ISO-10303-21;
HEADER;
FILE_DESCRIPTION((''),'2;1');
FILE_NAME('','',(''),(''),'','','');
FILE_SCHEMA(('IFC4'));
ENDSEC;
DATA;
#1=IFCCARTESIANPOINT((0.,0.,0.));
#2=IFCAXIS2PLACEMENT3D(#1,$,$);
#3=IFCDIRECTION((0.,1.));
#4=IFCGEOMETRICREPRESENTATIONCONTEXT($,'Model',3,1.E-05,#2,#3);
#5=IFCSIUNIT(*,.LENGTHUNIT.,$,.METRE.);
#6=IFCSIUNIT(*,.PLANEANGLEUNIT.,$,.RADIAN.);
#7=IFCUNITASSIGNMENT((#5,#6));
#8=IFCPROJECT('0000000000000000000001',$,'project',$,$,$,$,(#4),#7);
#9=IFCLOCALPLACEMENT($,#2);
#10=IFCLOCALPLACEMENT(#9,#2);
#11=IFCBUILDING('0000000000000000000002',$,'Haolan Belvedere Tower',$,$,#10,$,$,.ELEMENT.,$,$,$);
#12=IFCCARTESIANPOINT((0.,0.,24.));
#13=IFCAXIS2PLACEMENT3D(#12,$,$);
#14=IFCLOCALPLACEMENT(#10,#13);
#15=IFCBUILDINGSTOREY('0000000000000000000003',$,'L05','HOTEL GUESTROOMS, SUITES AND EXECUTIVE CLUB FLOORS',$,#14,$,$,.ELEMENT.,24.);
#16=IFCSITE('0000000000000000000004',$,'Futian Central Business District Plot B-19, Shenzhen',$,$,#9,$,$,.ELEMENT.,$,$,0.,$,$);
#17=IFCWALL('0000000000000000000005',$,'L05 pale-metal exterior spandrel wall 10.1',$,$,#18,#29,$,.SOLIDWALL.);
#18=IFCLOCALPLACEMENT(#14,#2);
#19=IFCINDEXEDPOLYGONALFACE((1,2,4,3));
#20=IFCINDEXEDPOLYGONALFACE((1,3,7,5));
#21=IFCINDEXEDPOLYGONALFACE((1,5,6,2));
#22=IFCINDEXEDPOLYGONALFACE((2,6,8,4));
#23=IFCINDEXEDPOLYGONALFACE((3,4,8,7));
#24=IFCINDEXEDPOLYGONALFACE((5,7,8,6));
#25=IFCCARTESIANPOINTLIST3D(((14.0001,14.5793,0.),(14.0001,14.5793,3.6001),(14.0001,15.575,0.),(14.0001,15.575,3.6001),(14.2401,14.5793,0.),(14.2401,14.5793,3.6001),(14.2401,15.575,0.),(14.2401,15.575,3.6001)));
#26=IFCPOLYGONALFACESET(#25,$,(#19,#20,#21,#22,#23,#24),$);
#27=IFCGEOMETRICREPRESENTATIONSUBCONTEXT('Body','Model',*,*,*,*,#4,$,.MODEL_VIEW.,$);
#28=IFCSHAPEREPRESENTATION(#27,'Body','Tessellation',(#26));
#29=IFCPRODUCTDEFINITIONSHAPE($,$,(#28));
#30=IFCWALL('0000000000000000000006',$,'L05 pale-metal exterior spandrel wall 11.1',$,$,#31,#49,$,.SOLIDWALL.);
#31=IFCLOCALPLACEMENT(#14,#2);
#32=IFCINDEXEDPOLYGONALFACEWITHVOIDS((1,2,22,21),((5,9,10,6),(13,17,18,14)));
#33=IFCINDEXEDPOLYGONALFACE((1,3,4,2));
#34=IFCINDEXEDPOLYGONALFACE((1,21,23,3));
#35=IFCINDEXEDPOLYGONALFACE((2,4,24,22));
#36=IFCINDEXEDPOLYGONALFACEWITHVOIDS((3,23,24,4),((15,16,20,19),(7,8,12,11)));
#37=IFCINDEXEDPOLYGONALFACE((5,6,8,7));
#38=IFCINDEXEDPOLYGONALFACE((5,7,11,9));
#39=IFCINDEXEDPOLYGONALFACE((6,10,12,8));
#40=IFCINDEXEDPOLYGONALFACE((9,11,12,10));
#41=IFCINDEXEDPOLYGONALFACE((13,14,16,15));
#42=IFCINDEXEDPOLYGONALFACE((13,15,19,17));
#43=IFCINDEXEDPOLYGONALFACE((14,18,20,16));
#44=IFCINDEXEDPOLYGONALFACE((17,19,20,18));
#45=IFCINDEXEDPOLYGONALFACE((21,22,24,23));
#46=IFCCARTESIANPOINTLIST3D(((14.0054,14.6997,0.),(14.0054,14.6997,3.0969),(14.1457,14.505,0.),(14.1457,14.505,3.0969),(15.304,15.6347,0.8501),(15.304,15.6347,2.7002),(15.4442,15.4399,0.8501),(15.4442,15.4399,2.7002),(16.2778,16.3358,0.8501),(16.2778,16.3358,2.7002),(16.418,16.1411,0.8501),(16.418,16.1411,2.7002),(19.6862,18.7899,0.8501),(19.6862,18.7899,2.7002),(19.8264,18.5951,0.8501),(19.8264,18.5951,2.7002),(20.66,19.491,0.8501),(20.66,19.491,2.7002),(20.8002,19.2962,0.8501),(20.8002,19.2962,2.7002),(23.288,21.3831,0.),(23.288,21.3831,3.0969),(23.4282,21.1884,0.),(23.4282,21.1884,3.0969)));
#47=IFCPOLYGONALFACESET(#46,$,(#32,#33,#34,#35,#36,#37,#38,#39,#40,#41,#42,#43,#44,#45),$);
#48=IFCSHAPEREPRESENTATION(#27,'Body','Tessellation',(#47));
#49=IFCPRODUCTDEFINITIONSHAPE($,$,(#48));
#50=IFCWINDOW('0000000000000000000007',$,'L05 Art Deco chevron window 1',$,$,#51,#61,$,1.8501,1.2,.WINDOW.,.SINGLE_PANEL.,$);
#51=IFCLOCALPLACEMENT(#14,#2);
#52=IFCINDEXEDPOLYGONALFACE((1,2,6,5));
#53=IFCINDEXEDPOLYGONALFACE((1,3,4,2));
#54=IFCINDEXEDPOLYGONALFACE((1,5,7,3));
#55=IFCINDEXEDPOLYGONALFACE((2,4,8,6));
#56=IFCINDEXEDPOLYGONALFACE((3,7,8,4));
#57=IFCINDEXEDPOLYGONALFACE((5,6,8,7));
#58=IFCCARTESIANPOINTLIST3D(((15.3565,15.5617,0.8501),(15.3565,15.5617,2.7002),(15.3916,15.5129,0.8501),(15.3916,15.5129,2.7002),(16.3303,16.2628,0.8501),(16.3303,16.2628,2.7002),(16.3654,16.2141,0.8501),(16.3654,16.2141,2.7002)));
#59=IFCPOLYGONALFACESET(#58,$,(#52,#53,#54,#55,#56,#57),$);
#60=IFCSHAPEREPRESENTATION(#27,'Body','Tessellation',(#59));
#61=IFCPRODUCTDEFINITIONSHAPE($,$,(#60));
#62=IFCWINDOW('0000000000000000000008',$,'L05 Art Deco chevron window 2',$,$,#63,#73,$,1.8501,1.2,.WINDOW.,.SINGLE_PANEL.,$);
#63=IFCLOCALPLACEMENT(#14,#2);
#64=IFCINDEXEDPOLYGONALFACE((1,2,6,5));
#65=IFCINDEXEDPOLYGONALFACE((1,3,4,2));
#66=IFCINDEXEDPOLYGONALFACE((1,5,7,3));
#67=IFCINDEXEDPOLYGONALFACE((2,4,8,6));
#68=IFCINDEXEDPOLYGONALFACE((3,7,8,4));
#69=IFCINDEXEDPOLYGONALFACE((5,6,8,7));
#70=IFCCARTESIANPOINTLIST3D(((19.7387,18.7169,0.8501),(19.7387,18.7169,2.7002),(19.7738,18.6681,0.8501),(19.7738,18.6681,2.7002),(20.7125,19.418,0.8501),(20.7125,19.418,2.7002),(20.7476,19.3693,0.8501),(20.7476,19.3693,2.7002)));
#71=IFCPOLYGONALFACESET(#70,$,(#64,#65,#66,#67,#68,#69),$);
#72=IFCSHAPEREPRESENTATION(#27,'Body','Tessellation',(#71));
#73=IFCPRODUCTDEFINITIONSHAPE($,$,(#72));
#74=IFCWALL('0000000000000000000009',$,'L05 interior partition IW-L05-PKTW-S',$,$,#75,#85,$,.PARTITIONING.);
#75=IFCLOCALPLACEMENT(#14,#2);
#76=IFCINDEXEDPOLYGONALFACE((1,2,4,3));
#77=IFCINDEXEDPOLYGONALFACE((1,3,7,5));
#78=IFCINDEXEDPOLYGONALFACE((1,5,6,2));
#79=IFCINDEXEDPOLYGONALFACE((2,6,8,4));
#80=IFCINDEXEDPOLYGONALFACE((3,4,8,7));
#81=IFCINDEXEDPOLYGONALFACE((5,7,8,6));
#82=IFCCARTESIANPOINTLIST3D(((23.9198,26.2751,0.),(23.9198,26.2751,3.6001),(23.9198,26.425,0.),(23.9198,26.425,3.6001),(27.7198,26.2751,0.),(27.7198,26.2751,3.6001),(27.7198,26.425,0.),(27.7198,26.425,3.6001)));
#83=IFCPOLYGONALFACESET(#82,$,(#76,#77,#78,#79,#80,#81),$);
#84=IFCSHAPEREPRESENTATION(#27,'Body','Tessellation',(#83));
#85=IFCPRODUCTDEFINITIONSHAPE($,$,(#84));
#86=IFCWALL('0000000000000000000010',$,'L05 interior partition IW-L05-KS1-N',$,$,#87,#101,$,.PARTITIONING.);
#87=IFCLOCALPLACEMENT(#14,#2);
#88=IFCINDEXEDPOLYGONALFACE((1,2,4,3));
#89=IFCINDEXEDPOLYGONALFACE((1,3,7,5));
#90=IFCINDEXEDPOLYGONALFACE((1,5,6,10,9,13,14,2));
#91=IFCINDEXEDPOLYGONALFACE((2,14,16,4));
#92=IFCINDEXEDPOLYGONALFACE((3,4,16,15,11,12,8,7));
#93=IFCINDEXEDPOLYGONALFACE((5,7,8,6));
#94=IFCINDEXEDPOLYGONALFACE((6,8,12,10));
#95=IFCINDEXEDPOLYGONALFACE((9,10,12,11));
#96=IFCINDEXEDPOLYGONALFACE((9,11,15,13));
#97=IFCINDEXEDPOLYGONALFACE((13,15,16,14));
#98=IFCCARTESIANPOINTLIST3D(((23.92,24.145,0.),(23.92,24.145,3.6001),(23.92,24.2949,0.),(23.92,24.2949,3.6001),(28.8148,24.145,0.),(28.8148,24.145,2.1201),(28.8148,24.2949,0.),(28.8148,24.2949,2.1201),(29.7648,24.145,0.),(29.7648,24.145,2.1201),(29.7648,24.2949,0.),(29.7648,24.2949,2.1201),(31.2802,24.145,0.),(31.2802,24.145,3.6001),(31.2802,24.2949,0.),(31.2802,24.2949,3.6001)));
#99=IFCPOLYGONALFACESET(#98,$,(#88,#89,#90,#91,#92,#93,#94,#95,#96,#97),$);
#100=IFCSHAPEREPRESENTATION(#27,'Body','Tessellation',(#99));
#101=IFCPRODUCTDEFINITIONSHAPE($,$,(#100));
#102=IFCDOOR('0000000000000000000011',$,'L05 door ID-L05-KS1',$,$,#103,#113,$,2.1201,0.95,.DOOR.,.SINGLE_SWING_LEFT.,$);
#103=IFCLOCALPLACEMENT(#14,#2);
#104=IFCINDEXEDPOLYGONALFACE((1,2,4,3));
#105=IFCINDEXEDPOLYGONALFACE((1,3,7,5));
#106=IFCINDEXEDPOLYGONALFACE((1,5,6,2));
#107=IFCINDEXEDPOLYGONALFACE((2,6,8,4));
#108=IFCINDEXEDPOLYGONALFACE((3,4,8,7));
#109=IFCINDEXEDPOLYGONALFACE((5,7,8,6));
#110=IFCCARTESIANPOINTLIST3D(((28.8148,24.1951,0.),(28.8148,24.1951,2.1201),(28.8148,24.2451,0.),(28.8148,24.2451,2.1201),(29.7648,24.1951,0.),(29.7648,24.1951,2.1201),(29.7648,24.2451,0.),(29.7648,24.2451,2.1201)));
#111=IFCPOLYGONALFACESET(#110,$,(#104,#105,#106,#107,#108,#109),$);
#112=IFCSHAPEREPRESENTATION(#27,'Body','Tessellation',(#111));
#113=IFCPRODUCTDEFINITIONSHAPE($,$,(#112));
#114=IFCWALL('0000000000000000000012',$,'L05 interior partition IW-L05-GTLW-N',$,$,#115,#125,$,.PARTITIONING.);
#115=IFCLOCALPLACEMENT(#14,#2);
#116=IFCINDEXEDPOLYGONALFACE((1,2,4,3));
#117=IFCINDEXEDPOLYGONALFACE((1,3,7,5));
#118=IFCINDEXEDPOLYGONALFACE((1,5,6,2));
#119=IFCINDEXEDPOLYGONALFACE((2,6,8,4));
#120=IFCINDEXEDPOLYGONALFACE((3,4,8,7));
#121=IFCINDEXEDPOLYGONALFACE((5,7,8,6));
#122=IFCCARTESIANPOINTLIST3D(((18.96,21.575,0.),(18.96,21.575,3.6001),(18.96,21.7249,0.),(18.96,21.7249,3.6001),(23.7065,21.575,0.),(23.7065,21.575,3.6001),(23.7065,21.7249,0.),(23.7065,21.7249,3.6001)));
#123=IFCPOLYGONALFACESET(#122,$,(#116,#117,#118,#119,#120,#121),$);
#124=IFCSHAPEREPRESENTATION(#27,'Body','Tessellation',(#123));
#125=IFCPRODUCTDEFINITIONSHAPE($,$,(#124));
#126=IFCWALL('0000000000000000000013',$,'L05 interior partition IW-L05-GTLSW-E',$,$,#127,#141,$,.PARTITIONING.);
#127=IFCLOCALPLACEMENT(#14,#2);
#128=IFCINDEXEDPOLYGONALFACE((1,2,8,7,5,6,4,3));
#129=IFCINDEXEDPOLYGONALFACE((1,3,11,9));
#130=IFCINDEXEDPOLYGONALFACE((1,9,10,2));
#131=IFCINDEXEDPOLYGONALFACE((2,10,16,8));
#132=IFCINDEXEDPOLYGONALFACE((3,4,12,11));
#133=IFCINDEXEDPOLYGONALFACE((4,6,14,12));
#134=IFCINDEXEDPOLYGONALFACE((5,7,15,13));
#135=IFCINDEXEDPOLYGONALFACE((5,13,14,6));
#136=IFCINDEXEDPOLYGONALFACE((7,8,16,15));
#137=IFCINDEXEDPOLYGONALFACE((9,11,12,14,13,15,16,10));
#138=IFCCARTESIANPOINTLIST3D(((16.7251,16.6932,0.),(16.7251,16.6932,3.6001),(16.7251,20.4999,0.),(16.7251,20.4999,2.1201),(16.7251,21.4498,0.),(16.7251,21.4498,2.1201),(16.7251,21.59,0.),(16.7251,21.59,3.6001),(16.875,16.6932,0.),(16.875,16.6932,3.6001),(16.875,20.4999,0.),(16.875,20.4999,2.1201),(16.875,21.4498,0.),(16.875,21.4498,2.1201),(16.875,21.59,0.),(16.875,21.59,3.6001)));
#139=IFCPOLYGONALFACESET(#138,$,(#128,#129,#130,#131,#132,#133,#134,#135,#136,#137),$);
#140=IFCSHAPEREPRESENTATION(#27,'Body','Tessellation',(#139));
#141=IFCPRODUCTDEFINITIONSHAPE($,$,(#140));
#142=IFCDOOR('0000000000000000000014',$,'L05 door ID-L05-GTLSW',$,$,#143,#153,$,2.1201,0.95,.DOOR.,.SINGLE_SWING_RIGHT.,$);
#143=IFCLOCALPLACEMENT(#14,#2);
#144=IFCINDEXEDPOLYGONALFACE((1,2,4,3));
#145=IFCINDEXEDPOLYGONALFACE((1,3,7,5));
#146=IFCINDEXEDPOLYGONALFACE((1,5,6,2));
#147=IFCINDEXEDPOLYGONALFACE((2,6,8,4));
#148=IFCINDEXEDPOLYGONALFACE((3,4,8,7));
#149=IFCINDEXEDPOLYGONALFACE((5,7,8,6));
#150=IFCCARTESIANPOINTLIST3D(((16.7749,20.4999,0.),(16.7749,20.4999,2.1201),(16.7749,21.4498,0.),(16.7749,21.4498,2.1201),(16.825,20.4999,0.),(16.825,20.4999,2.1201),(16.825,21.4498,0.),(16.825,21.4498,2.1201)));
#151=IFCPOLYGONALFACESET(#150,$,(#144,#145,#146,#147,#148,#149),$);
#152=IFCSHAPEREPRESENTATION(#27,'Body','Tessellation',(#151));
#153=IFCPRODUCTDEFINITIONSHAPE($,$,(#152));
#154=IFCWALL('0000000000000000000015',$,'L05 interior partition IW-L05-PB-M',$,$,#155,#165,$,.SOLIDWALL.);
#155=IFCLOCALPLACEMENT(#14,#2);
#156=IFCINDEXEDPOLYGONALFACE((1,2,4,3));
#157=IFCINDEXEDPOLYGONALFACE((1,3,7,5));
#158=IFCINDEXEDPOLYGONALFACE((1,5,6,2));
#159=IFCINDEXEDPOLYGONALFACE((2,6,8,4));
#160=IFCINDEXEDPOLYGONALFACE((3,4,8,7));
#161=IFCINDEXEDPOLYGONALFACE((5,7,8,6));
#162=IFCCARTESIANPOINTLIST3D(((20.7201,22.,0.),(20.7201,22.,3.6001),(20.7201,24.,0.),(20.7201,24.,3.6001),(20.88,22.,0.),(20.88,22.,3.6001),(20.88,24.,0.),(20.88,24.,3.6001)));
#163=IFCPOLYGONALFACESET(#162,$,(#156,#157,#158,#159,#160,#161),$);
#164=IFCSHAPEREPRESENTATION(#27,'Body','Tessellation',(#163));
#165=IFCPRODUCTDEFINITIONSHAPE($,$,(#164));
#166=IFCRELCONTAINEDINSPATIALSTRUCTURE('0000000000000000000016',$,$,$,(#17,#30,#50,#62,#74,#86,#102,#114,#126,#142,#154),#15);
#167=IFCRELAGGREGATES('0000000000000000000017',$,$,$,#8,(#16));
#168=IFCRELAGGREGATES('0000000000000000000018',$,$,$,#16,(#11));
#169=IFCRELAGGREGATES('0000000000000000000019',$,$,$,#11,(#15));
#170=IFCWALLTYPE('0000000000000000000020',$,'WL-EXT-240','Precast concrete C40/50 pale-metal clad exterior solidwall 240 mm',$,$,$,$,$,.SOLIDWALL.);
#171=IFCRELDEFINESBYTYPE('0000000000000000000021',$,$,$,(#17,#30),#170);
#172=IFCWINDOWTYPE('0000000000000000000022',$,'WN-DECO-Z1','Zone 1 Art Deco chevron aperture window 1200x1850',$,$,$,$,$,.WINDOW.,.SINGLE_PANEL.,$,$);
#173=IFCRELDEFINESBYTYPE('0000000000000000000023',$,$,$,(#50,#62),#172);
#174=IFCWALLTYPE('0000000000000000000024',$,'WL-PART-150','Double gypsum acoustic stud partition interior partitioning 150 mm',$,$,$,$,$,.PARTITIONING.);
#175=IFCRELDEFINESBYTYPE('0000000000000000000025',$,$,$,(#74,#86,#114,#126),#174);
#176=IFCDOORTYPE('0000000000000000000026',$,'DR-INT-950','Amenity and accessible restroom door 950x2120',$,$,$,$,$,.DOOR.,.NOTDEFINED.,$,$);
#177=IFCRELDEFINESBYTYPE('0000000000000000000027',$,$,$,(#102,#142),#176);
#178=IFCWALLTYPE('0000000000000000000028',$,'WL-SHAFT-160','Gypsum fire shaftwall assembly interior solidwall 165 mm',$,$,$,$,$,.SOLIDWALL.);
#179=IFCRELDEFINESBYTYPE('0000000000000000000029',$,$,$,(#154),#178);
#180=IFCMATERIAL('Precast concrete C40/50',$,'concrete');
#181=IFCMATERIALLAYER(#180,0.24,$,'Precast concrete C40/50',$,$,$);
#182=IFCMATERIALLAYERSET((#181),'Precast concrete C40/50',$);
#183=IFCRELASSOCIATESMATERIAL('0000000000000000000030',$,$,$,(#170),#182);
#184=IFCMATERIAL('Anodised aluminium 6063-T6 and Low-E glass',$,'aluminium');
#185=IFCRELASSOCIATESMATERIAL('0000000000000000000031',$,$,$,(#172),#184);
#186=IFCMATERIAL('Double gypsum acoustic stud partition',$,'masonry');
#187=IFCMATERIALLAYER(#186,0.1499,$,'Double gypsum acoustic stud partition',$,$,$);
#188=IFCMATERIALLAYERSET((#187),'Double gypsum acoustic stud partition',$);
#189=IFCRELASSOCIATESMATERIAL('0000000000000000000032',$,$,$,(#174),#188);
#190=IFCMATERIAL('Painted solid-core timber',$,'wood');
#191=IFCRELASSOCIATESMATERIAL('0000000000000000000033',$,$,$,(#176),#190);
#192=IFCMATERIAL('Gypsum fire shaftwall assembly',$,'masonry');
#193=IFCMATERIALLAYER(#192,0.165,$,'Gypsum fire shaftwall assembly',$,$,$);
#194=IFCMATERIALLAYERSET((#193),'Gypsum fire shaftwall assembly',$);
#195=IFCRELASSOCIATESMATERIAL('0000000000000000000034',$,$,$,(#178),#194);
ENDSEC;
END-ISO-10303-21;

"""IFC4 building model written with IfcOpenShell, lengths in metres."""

from ifc_helpers import new_model, si_unit, direction, frame, frame_2d, origin, place, context, subcontext, project, spatial, rectangle, extrude, material, layer, layer_set, type_object, element, fill, save


model = new_model("IFC4")

# Units and contexts
model_context = context("Model", 3, precision=1e-05, world=origin(), true_north=direction((0.0, 1.0)))
body_context = subcontext(model_context, "Body", "Model", "MODEL_VIEW")
ifc_project = project(units=[si_unit("LENGTHUNIT", "METRE"), si_unit("PLANEANGLEUNIT", "RADIAN")], contexts=[model_context])

# Site, building, storey
site_placement = place(None, origin())
site = spatial("IfcSite", under=ifc_project, at=site_placement, Name="Futian Central Business District Plot B-19, Shenzhen", CompositionType="ELEMENT", RefElevation=0.0)
building_placement = place(site_placement, origin())
building = spatial("IfcBuilding", under=site, at=building_placement, Name="Haolan Belvedere Tower", CompositionType="ELEMENT")
storey_placement = place(building_placement, frame((0.0, 0.0, 24.0)))
storey = spatial("IfcBuildingStorey", under=building, at=storey_placement, Name="L05", Description="HOTEL GUESTROOMS, SUITES AND EXECUTIVE CLUB FLOORS", CompositionType="ELEMENT", Elevation=24.0)

# Wall
ifc_material_1 = material(Name="Precast concrete C40/50", Category="concrete")
ifc_layer_1 = layer(ifc_material_1, 0.24, Name="Precast concrete C40/50")
ifc_layer_set_1 = layer_set([ifc_layer_1], Name="Precast concrete C40/50")
wall_type_1 = type_object("IfcWallType", Name="WL-EXT-240", Description="Precast concrete C40/50 pale-metal clad exterior solidwall 240 mm", PredefinedType="SOLIDWALL", material=ifc_layer_set_1)
wall_1_placement = place(storey_placement, frame((14.1201, 15.575, 0.0), z_axis=(0.0, 0.0, 1.0), x_axis=(0.0, -1.0, 0.0)))
element("IfcWall", 1, at=wall_1_placement, inside=storey, type_object=wall_type_1, Name="L05 pale-metal exterior spandrel wall 10.1", PredefinedType="SOLIDWALL", context=body_context, shape_type="SweptSolid", body=[
    extrude(rectangle(XDim=0.9956, YDim=0.24, at=frame_2d((0.4978, 0.0))), origin(), (0.0, 0.0, 1.0), 3.6001),
])

# Wall, openings, windows
wall_2_placement = place(storey_placement, frame((14.0754, 14.6023, 0.0), z_axis=(0.0, 0.0, 1.0), x_axis=(0.811536, 0.584303, 0.0)))
wall_2 = element("IfcWall", 2, at=wall_2_placement, inside=storey, type_object=wall_type_1, Name="L05 pale-metal exterior spandrel wall 11.1", PredefinedType="SOLIDWALL", context=body_context, shape_type="SweptSolid", body=[
    extrude(rectangle(XDim=11.4382, YDim=0.24, at=frame_2d((5.7192, 0.0))), origin(), (0.0, 0.0, 1.0), 3.0969),
])
opening_1_placement = place(wall_2_placement, frame((1.6001, 0.0, 0.8501)))
opening_1 = element("IfcOpeningElement", 3, at=opening_1_placement, cuts=wall_2, PredefinedType="OPENING", context=body_context, shape_type="SweptSolid", body=[
    extrude(rectangle(XDim=1.2, YDim=1.8501, at=frame_2d((0.6001, 0.925))), frame((0.0, 0.1299, 0.0), z_axis=(0.0, -1.0, 0.0), x_axis=(1.0, 0.0, 0.0)), (0.0, 0.0, 1.0), 0.26),
])
opening_2_placement = place(wall_2_placement, frame((7.0, 0.0, 0.8501)))
opening_2 = element("IfcOpeningElement", 4, at=opening_2_placement, cuts=wall_2, PredefinedType="OPENING", context=body_context, shape_type="SweptSolid", body=[
    extrude(rectangle(XDim=1.2, YDim=1.8501, at=frame_2d((0.6001, 0.925))), frame((0.0, 0.1299, 0.0), z_axis=(0.0, -1.0, 0.0), x_axis=(1.0, 0.0, 0.0)), (0.0, 0.0, 1.0), 0.26),
])
ifc_material_2 = material(Name="Anodised aluminium 6063-T6 and Low-E glass", Category="aluminium")
window_type = type_object("IfcWindowType", Name="WN-DECO-Z1", Description="Zone 1 Art Deco chevron aperture window 1200x1850", PartitioningType="SINGLE_PANEL", PredefinedType="WINDOW", material=ifc_material_2)
window_1_placement = place(opening_1_placement, origin())
window_1 = element("IfcWindow", 5, at=window_1_placement, inside=storey, type_object=window_type, Name="L05 Art Deco chevron window 1", OverallHeight=1.8501, OverallWidth=1.2, PartitioningType="SINGLE_PANEL", PredefinedType="WINDOW", context=body_context, shape_type="SweptSolid", body=[
    extrude(rectangle(XDim=1.2, YDim=1.8501, at=frame_2d((0.6001, 0.925))), frame((0.0, 0.03, 0.0), z_axis=(0.0, -1.0, 0.0), x_axis=(1.0, 0.0, 0.0)), (0.0, 0.0, 1.0), 0.0601),
])
fill(opening_1, window_1)
window_2_placement = place(opening_2_placement, origin())
window_2 = element("IfcWindow", 6, at=window_2_placement, inside=storey, type_object=window_type, Name="L05 Art Deco chevron window 2", OverallHeight=1.8501, OverallWidth=1.2, PartitioningType="SINGLE_PANEL", PredefinedType="WINDOW", context=body_context, shape_type="SweptSolid", body=[
    extrude(rectangle(XDim=1.2, YDim=1.8501, at=frame_2d((0.6001, 0.925))), frame((0.0, 0.03, 0.0), z_axis=(0.0, -1.0, 0.0), x_axis=(1.0, 0.0, 0.0)), (0.0, 0.0, 1.0), 0.0601),
])
fill(opening_2, window_2)

# Wall
ifc_material_3 = material(Name="Double gypsum acoustic stud partition", Category="masonry")
ifc_layer_2 = layer(ifc_material_3, 0.1499, Name="Double gypsum acoustic stud partition")
ifc_layer_set_2 = layer_set([ifc_layer_2], Name="Double gypsum acoustic stud partition")
wall_type_2 = type_object("IfcWallType", Name="WL-PART-150", Description="Double gypsum acoustic stud partition interior partitioning 150 mm", PredefinedType="PARTITIONING", material=ifc_layer_set_2)
wall_3_placement = place(storey_placement, frame((23.9199, 26.3501, 0.0), z_axis=(0.0, 0.0, 1.0), x_axis=(1.0, 0.0, 0.0)))
element("IfcWall", 7, at=wall_3_placement, inside=storey, type_object=wall_type_2, Name="L05 interior partition IW-L05-PKTW-S", PredefinedType="PARTITIONING", context=body_context, shape_type="SweptSolid", body=[
    extrude(rectangle(XDim=3.8, YDim=0.1499, at=frame_2d((1.8999, 0.0))), origin(), (0.0, 0.0, 1.0), 3.6001),
])

# Wall, opening, door
wall_4_placement = place(storey_placement, frame((23.9199, 24.22, 0.0), z_axis=(0.0, 0.0, 1.0), x_axis=(1.0, 0.0, 0.0)))
wall_4 = element("IfcWall", 8, at=wall_4_placement, inside=storey, type_object=wall_type_2, Name="L05 interior partition IW-L05-KS1-N", PredefinedType="PARTITIONING", context=body_context, shape_type="SweptSolid", body=[
    extrude(rectangle(XDim=7.3601, YDim=0.1499, at=frame_2d((3.6802, 0.0))), origin(), (0.0, 0.0, 1.0), 3.6001),
])
opening_3_placement = place(wall_4_placement, frame((5.845, 0.0, 0.0), z_axis=(0.0, 0.0, 1.0), x_axis=(-1.0, 0.0, 0.0)))
opening_3 = element("IfcOpeningElement", 9, at=opening_3_placement, cuts=wall_4, PredefinedType="OPENING", context=body_context, shape_type="SweptSolid", body=[
    extrude(rectangle(XDim=0.95, YDim=2.1201, at=frame_2d((0.4751, 1.0601))), frame((0.0, 0.085, 0.0), z_axis=(0.0, -1.0, 0.0), x_axis=(1.0, 0.0, 0.0)), (0.0, 0.0, 1.0), 0.1699),
])
ifc_material_4 = material(Name="Painted solid-core timber", Category="wood")
door_type = type_object("IfcDoorType", Name="DR-INT-950", Description="Amenity and accessible restroom door 950x2120", OperationType="NOTDEFINED", PredefinedType="DOOR", material=ifc_material_4)
door_1_placement = place(opening_3_placement, origin())
door_1 = element("IfcDoor", 10, at=door_1_placement, inside=storey, type_object=door_type, Name="L05 door ID-L05-KS1", OperationType="SINGLE_SWING_LEFT", OverallHeight=2.1201, OverallWidth=0.95, PredefinedType="DOOR", context=body_context, shape_type="SweptSolid", body=[
    extrude(rectangle(XDim=0.95, YDim=2.1201, at=frame_2d((0.4751, 1.0601))), frame((0.0, 0.0249, 0.0), z_axis=(0.0, -1.0, 0.0), x_axis=(1.0, 0.0, 0.0)), (0.0, 0.0, 1.0), 0.05),
])
fill(opening_3, door_1)

# Wall
wall_5_placement = place(storey_placement, frame((18.96, 21.6499, 0.0), z_axis=(0.0, 0.0, 1.0), x_axis=(1.0, 0.0, 0.0)))
element("IfcWall", 11, at=wall_5_placement, inside=storey, type_object=wall_type_2, Name="L05 interior partition IW-L05-GTLW-N", PredefinedType="PARTITIONING", context=body_context, shape_type="SweptSolid", body=[
    extrude(rectangle(XDim=4.7466, YDim=0.1499, at=frame_2d((2.3733, 0.0))), origin(), (0.0, 0.0, 1.0), 3.6001),
])

# Wall, opening, door
wall_6_placement = place(storey_placement, frame((16.8, 16.6934, 0.0), z_axis=(0.0, 0.0, 1.0), x_axis=(0.0, 1.0, 0.0)))
wall_6 = element("IfcWall", 12, at=wall_6_placement, inside=storey, type_object=wall_type_2, Name="L05 interior partition IW-L05-GTLSW-E", PredefinedType="PARTITIONING", context=body_context, shape_type="SweptSolid", body=[
    extrude(rectangle(XDim=4.8967, YDim=0.1499, at=frame_2d((2.4482, 0.0))), origin(), (0.0, 0.0, 1.0), 3.6001),
])
opening_4_placement = place(wall_6_placement, frame((4.7566, 0.0, 0.0), z_axis=(0.0, 0.0, 1.0), x_axis=(-1.0, 0.0, 0.0)))
opening_4 = element("IfcOpeningElement", 13, at=opening_4_placement, cuts=wall_6, PredefinedType="OPENING", context=body_context, shape_type="SweptSolid", body=[
    extrude(rectangle(XDim=0.95, YDim=2.1201, at=frame_2d((0.4751, 1.0601))), frame((0.0, 0.085, 0.0), z_axis=(0.0, -1.0, 0.0), x_axis=(1.0, 0.0, 0.0)), (0.0, 0.0, 1.0), 0.1699),
])
door_2_placement = place(opening_4_placement, origin())
door_2 = element("IfcDoor", 14, at=door_2_placement, inside=storey, type_object=door_type, Name="L05 door ID-L05-GTLSW", OperationType="SINGLE_SWING_RIGHT", OverallHeight=2.1201, OverallWidth=0.95, PredefinedType="DOOR", context=body_context, shape_type="SweptSolid", body=[
    extrude(rectangle(XDim=0.95, YDim=2.1201, at=frame_2d((0.4751, 1.0601))), frame((0.0, 0.0249, 0.0), z_axis=(0.0, -1.0, 0.0), x_axis=(1.0, 0.0, 0.0)), (0.0, 0.0, 1.0), 0.05),
])
fill(opening_4, door_2)

# Wall
ifc_material_5 = material(Name="Gypsum fire shaftwall assembly", Category="masonry")
ifc_layer_3 = layer(ifc_material_5, 0.165, Name="Gypsum fire shaftwall assembly")
ifc_layer_set_3 = layer_set([ifc_layer_3], Name="Gypsum fire shaftwall assembly")
wall_type_3 = type_object("IfcWallType", Name="WL-SHAFT-160", Description="Gypsum fire shaftwall assembly interior solidwall 165 mm", PredefinedType="SOLIDWALL", material=ifc_layer_set_3)
wall_7_placement = place(storey_placement, frame((20.8, 22.0, 0.0), z_axis=(0.0, 0.0, 1.0), x_axis=(0.0, 1.0, 0.0)))
element("IfcWall", 15, at=wall_7_placement, inside=storey, type_object=wall_type_3, Name="L05 interior partition IW-L05-PB-M", PredefinedType="SOLIDWALL", context=body_context, shape_type="SweptSolid", body=[
    extrude(rectangle(XDim=2.0, YDim=0.1599, at=frame_2d((1.0, 0.0))), origin(), (0.0, 0.0, 1.0), 3.6001),
])

save(model, "model.ifc")
